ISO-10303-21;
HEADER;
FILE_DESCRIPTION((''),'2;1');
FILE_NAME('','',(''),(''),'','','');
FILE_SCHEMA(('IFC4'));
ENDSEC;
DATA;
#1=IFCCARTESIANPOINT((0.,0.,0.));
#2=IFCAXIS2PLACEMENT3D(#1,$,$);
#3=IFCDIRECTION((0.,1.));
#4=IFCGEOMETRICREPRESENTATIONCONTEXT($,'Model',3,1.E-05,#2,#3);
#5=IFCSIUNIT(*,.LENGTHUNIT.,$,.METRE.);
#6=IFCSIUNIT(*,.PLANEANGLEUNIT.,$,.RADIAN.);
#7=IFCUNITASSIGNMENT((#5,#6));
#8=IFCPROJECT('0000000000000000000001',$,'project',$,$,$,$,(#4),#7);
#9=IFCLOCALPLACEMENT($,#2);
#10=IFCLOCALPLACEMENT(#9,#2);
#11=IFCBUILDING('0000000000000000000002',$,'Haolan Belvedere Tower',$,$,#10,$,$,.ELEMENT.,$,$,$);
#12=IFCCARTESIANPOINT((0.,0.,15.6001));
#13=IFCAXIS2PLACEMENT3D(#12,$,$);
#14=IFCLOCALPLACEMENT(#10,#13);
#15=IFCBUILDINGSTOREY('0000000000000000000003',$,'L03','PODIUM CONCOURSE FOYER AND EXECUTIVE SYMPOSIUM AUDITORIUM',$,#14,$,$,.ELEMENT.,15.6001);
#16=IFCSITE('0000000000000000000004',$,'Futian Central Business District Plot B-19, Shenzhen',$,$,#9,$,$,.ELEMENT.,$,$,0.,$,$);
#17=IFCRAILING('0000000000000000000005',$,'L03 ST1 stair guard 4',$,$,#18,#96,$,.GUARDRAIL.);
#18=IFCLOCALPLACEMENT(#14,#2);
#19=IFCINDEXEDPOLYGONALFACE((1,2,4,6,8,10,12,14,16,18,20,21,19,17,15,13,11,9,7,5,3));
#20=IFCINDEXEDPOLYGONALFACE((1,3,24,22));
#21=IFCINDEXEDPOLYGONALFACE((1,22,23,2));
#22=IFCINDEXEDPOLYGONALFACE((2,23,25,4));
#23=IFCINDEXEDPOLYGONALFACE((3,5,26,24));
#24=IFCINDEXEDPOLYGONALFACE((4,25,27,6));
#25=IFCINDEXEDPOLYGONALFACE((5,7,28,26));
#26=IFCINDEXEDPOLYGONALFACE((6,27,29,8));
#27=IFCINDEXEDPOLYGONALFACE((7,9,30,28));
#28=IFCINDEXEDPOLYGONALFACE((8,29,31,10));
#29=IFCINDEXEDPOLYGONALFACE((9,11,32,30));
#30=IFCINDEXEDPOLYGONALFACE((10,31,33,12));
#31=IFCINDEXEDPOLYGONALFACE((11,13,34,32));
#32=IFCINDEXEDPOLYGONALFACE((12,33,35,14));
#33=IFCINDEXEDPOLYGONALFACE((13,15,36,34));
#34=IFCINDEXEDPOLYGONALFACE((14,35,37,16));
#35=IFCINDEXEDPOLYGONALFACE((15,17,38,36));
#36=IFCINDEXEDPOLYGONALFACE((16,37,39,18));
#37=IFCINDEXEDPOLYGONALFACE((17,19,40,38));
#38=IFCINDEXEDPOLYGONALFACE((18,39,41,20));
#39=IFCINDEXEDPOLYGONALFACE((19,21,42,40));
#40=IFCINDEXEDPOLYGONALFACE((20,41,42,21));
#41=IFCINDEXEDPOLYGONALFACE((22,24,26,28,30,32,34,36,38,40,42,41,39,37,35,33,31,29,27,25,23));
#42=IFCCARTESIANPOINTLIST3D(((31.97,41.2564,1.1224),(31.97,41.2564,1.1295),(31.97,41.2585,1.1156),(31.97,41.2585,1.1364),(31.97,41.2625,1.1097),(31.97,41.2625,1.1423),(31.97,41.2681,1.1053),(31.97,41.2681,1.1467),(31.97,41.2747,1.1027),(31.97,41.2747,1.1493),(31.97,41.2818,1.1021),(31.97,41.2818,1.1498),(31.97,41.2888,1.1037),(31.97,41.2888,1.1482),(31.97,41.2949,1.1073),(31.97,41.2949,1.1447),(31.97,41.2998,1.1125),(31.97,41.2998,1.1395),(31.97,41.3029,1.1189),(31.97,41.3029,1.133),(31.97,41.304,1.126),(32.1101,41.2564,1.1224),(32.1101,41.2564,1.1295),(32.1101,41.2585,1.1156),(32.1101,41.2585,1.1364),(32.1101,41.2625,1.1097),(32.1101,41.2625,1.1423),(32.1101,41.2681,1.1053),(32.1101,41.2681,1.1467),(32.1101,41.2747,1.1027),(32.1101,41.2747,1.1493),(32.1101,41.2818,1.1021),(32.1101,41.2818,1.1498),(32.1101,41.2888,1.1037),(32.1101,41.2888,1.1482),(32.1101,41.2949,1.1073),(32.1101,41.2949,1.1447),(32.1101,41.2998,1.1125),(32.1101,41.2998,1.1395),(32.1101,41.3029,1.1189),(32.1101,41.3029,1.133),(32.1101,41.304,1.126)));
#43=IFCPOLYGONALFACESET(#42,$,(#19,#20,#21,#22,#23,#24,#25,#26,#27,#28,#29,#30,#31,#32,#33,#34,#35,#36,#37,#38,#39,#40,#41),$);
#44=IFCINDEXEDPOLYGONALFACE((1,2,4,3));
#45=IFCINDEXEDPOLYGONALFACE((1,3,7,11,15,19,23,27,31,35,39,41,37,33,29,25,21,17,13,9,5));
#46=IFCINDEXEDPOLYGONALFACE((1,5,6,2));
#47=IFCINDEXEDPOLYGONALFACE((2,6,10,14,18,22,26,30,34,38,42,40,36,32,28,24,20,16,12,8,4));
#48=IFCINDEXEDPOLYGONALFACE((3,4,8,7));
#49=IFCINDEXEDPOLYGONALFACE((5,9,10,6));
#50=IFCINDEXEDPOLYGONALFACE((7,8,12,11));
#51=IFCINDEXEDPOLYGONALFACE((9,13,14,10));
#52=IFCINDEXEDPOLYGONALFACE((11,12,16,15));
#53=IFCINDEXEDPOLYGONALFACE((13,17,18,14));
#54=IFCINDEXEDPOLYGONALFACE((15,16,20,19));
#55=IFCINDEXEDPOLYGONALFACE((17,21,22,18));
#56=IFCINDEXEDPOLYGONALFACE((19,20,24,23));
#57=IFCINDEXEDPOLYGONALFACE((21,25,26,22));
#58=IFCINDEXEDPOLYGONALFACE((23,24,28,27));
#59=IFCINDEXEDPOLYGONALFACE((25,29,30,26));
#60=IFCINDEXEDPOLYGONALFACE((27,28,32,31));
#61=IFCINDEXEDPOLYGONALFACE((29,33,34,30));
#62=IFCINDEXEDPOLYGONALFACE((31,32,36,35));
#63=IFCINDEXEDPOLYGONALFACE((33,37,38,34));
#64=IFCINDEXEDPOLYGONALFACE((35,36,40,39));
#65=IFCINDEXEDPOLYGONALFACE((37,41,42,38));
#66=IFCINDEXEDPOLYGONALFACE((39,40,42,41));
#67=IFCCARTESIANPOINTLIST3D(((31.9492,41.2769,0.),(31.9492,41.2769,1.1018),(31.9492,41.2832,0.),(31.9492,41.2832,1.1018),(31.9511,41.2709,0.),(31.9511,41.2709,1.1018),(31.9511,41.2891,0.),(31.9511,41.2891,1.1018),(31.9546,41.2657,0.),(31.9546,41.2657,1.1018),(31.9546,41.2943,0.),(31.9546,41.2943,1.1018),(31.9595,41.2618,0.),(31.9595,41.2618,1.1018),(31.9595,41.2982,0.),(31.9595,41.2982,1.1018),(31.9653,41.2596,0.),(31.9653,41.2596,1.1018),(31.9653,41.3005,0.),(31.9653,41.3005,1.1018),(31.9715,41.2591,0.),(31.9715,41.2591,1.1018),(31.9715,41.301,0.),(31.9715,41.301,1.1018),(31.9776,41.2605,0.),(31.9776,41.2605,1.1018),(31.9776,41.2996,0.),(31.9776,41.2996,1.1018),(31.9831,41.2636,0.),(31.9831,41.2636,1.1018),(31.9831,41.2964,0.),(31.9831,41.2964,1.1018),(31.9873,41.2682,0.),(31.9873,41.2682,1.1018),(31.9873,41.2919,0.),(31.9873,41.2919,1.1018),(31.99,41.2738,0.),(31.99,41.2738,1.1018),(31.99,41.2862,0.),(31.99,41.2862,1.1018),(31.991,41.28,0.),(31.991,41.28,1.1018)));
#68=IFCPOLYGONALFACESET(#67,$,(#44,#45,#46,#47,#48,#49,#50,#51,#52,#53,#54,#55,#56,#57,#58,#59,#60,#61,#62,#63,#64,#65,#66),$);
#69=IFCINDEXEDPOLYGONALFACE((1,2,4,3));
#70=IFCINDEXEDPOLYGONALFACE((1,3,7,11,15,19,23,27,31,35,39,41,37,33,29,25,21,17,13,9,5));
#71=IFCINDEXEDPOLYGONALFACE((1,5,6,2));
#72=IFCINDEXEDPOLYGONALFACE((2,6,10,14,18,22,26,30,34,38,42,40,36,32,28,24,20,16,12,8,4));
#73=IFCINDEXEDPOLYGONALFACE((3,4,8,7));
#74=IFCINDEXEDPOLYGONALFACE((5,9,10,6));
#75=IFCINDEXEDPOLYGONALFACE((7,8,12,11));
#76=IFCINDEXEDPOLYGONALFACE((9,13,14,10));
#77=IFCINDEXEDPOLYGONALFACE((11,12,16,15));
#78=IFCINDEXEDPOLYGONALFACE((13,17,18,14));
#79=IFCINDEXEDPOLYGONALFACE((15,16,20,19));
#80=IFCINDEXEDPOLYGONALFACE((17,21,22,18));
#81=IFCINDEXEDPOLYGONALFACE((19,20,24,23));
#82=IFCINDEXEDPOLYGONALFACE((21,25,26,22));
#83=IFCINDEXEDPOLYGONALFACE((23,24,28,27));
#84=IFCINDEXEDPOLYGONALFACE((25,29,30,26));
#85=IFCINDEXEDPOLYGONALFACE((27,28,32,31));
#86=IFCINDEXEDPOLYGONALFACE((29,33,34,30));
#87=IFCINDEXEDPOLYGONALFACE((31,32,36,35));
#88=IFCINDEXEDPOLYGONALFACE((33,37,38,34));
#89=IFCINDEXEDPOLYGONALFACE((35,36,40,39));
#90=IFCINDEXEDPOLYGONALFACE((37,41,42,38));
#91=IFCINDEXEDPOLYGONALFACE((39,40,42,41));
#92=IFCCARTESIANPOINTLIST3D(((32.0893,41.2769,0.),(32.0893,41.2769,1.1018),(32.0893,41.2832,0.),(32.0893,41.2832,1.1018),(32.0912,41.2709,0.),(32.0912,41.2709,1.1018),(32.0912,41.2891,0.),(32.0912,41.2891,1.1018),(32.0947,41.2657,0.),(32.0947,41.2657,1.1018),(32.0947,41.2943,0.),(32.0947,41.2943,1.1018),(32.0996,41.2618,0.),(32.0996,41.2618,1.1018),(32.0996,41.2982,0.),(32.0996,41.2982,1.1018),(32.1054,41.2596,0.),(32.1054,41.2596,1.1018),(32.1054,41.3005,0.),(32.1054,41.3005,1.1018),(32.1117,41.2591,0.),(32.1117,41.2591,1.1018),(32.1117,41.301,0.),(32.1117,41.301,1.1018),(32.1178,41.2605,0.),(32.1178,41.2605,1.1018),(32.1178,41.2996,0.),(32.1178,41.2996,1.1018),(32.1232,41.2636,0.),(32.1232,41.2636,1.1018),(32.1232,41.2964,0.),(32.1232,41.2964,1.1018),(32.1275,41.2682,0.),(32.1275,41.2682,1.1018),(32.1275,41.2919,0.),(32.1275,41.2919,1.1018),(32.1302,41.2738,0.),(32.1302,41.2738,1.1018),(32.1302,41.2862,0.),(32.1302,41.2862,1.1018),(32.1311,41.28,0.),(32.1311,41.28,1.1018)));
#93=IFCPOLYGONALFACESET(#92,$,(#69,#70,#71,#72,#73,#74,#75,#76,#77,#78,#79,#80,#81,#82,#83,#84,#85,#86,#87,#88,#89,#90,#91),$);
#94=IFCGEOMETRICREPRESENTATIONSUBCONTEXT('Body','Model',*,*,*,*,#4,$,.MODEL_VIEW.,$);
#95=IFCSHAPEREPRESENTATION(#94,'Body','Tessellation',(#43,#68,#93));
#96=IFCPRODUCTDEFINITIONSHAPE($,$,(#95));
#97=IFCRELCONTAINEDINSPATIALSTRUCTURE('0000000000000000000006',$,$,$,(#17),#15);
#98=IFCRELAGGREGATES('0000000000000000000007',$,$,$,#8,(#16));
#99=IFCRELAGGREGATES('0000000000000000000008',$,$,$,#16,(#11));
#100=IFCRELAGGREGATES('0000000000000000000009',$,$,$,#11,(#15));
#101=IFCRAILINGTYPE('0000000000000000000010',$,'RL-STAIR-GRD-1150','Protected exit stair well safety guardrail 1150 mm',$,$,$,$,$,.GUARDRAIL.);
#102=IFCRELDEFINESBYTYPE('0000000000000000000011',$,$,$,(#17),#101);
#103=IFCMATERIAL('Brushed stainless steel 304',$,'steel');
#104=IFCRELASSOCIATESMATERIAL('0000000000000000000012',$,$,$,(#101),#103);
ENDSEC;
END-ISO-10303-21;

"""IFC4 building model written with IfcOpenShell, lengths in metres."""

from ifc_helpers import new_model, si_unit, direction, frame, origin, origin_2d, place, context, subcontext, project, spatial, circle, extrude, material, type_object, element, save


model = new_model("IFC4")

# Units and contexts
model_context = context("Model", 3, precision=1e-05, world=origin(), true_north=direction((0.0, 1.0)))
body_context = subcontext(model_context, "Body", "Model", "MODEL_VIEW")
ifc_project = project(units=[si_unit("LENGTHUNIT", "METRE"), si_unit("PLANEANGLEUNIT", "RADIAN")], contexts=[model_context])

# Site, building, storey
site_placement = place(None, origin())
site = spatial("IfcSite", under=ifc_project, at=site_placement, Name="Futian Central Business District Plot B-19, Shenzhen", CompositionType="ELEMENT", RefElevation=0.0)
building_placement = place(site_placement, origin())
building = spatial("IfcBuilding", under=site, at=building_placement, Name="Haolan Belvedere Tower", CompositionType="ELEMENT")
storey_placement = place(building_placement, frame((0.0, 0.0, 15.6001)))
storey = spatial("IfcBuildingStorey", under=building, at=storey_placement, Name="L03", Description="PODIUM CONCOURSE FOYER AND EXECUTIVE SYMPOSIUM AUDITORIUM", CompositionType="ELEMENT", Elevation=15.6001)

# Railing
ifc_material_1 = material(Name="Brushed stainless steel 304", Category="steel")
railing_type_1 = type_object("IfcRailingType", Name="RL-STAIR-GRD-1150", Description="Protected exit stair well safety guardrail 1150 mm", PredefinedType="GUARDRAIL", material=ifc_material_1)
railing_1_placement = place(storey_placement, frame((31.97, 41.28, 0.0)))
element("IfcRailing", 1, at=railing_1_placement, inside=storey, type_object=railing_type_1, Name="L03 ST1 stair guard 4", PredefinedType="GUARDRAIL", context=body_context, shape_type="SweptSolid", body=[
    extrude(circle(Radius=0.0239, at=origin_2d()), frame((0.0, 0.0, 1.126), z_axis=(1.0, 0.0, 0.0), x_axis=(0.0, 1.0, 0.0)), (0.0, 0.0, 1.0), 0.1401),
    extrude(circle(Radius=0.021, at=origin_2d()), origin(), (0.0, 0.0, 1.0), 1.1018),
    extrude(circle(Radius=0.021, at=origin_2d()), frame((0.1401, 0.0, 0.0)), (0.0, 0.0, 1.0), 1.1018),
])

save(model, "model.ifc")
